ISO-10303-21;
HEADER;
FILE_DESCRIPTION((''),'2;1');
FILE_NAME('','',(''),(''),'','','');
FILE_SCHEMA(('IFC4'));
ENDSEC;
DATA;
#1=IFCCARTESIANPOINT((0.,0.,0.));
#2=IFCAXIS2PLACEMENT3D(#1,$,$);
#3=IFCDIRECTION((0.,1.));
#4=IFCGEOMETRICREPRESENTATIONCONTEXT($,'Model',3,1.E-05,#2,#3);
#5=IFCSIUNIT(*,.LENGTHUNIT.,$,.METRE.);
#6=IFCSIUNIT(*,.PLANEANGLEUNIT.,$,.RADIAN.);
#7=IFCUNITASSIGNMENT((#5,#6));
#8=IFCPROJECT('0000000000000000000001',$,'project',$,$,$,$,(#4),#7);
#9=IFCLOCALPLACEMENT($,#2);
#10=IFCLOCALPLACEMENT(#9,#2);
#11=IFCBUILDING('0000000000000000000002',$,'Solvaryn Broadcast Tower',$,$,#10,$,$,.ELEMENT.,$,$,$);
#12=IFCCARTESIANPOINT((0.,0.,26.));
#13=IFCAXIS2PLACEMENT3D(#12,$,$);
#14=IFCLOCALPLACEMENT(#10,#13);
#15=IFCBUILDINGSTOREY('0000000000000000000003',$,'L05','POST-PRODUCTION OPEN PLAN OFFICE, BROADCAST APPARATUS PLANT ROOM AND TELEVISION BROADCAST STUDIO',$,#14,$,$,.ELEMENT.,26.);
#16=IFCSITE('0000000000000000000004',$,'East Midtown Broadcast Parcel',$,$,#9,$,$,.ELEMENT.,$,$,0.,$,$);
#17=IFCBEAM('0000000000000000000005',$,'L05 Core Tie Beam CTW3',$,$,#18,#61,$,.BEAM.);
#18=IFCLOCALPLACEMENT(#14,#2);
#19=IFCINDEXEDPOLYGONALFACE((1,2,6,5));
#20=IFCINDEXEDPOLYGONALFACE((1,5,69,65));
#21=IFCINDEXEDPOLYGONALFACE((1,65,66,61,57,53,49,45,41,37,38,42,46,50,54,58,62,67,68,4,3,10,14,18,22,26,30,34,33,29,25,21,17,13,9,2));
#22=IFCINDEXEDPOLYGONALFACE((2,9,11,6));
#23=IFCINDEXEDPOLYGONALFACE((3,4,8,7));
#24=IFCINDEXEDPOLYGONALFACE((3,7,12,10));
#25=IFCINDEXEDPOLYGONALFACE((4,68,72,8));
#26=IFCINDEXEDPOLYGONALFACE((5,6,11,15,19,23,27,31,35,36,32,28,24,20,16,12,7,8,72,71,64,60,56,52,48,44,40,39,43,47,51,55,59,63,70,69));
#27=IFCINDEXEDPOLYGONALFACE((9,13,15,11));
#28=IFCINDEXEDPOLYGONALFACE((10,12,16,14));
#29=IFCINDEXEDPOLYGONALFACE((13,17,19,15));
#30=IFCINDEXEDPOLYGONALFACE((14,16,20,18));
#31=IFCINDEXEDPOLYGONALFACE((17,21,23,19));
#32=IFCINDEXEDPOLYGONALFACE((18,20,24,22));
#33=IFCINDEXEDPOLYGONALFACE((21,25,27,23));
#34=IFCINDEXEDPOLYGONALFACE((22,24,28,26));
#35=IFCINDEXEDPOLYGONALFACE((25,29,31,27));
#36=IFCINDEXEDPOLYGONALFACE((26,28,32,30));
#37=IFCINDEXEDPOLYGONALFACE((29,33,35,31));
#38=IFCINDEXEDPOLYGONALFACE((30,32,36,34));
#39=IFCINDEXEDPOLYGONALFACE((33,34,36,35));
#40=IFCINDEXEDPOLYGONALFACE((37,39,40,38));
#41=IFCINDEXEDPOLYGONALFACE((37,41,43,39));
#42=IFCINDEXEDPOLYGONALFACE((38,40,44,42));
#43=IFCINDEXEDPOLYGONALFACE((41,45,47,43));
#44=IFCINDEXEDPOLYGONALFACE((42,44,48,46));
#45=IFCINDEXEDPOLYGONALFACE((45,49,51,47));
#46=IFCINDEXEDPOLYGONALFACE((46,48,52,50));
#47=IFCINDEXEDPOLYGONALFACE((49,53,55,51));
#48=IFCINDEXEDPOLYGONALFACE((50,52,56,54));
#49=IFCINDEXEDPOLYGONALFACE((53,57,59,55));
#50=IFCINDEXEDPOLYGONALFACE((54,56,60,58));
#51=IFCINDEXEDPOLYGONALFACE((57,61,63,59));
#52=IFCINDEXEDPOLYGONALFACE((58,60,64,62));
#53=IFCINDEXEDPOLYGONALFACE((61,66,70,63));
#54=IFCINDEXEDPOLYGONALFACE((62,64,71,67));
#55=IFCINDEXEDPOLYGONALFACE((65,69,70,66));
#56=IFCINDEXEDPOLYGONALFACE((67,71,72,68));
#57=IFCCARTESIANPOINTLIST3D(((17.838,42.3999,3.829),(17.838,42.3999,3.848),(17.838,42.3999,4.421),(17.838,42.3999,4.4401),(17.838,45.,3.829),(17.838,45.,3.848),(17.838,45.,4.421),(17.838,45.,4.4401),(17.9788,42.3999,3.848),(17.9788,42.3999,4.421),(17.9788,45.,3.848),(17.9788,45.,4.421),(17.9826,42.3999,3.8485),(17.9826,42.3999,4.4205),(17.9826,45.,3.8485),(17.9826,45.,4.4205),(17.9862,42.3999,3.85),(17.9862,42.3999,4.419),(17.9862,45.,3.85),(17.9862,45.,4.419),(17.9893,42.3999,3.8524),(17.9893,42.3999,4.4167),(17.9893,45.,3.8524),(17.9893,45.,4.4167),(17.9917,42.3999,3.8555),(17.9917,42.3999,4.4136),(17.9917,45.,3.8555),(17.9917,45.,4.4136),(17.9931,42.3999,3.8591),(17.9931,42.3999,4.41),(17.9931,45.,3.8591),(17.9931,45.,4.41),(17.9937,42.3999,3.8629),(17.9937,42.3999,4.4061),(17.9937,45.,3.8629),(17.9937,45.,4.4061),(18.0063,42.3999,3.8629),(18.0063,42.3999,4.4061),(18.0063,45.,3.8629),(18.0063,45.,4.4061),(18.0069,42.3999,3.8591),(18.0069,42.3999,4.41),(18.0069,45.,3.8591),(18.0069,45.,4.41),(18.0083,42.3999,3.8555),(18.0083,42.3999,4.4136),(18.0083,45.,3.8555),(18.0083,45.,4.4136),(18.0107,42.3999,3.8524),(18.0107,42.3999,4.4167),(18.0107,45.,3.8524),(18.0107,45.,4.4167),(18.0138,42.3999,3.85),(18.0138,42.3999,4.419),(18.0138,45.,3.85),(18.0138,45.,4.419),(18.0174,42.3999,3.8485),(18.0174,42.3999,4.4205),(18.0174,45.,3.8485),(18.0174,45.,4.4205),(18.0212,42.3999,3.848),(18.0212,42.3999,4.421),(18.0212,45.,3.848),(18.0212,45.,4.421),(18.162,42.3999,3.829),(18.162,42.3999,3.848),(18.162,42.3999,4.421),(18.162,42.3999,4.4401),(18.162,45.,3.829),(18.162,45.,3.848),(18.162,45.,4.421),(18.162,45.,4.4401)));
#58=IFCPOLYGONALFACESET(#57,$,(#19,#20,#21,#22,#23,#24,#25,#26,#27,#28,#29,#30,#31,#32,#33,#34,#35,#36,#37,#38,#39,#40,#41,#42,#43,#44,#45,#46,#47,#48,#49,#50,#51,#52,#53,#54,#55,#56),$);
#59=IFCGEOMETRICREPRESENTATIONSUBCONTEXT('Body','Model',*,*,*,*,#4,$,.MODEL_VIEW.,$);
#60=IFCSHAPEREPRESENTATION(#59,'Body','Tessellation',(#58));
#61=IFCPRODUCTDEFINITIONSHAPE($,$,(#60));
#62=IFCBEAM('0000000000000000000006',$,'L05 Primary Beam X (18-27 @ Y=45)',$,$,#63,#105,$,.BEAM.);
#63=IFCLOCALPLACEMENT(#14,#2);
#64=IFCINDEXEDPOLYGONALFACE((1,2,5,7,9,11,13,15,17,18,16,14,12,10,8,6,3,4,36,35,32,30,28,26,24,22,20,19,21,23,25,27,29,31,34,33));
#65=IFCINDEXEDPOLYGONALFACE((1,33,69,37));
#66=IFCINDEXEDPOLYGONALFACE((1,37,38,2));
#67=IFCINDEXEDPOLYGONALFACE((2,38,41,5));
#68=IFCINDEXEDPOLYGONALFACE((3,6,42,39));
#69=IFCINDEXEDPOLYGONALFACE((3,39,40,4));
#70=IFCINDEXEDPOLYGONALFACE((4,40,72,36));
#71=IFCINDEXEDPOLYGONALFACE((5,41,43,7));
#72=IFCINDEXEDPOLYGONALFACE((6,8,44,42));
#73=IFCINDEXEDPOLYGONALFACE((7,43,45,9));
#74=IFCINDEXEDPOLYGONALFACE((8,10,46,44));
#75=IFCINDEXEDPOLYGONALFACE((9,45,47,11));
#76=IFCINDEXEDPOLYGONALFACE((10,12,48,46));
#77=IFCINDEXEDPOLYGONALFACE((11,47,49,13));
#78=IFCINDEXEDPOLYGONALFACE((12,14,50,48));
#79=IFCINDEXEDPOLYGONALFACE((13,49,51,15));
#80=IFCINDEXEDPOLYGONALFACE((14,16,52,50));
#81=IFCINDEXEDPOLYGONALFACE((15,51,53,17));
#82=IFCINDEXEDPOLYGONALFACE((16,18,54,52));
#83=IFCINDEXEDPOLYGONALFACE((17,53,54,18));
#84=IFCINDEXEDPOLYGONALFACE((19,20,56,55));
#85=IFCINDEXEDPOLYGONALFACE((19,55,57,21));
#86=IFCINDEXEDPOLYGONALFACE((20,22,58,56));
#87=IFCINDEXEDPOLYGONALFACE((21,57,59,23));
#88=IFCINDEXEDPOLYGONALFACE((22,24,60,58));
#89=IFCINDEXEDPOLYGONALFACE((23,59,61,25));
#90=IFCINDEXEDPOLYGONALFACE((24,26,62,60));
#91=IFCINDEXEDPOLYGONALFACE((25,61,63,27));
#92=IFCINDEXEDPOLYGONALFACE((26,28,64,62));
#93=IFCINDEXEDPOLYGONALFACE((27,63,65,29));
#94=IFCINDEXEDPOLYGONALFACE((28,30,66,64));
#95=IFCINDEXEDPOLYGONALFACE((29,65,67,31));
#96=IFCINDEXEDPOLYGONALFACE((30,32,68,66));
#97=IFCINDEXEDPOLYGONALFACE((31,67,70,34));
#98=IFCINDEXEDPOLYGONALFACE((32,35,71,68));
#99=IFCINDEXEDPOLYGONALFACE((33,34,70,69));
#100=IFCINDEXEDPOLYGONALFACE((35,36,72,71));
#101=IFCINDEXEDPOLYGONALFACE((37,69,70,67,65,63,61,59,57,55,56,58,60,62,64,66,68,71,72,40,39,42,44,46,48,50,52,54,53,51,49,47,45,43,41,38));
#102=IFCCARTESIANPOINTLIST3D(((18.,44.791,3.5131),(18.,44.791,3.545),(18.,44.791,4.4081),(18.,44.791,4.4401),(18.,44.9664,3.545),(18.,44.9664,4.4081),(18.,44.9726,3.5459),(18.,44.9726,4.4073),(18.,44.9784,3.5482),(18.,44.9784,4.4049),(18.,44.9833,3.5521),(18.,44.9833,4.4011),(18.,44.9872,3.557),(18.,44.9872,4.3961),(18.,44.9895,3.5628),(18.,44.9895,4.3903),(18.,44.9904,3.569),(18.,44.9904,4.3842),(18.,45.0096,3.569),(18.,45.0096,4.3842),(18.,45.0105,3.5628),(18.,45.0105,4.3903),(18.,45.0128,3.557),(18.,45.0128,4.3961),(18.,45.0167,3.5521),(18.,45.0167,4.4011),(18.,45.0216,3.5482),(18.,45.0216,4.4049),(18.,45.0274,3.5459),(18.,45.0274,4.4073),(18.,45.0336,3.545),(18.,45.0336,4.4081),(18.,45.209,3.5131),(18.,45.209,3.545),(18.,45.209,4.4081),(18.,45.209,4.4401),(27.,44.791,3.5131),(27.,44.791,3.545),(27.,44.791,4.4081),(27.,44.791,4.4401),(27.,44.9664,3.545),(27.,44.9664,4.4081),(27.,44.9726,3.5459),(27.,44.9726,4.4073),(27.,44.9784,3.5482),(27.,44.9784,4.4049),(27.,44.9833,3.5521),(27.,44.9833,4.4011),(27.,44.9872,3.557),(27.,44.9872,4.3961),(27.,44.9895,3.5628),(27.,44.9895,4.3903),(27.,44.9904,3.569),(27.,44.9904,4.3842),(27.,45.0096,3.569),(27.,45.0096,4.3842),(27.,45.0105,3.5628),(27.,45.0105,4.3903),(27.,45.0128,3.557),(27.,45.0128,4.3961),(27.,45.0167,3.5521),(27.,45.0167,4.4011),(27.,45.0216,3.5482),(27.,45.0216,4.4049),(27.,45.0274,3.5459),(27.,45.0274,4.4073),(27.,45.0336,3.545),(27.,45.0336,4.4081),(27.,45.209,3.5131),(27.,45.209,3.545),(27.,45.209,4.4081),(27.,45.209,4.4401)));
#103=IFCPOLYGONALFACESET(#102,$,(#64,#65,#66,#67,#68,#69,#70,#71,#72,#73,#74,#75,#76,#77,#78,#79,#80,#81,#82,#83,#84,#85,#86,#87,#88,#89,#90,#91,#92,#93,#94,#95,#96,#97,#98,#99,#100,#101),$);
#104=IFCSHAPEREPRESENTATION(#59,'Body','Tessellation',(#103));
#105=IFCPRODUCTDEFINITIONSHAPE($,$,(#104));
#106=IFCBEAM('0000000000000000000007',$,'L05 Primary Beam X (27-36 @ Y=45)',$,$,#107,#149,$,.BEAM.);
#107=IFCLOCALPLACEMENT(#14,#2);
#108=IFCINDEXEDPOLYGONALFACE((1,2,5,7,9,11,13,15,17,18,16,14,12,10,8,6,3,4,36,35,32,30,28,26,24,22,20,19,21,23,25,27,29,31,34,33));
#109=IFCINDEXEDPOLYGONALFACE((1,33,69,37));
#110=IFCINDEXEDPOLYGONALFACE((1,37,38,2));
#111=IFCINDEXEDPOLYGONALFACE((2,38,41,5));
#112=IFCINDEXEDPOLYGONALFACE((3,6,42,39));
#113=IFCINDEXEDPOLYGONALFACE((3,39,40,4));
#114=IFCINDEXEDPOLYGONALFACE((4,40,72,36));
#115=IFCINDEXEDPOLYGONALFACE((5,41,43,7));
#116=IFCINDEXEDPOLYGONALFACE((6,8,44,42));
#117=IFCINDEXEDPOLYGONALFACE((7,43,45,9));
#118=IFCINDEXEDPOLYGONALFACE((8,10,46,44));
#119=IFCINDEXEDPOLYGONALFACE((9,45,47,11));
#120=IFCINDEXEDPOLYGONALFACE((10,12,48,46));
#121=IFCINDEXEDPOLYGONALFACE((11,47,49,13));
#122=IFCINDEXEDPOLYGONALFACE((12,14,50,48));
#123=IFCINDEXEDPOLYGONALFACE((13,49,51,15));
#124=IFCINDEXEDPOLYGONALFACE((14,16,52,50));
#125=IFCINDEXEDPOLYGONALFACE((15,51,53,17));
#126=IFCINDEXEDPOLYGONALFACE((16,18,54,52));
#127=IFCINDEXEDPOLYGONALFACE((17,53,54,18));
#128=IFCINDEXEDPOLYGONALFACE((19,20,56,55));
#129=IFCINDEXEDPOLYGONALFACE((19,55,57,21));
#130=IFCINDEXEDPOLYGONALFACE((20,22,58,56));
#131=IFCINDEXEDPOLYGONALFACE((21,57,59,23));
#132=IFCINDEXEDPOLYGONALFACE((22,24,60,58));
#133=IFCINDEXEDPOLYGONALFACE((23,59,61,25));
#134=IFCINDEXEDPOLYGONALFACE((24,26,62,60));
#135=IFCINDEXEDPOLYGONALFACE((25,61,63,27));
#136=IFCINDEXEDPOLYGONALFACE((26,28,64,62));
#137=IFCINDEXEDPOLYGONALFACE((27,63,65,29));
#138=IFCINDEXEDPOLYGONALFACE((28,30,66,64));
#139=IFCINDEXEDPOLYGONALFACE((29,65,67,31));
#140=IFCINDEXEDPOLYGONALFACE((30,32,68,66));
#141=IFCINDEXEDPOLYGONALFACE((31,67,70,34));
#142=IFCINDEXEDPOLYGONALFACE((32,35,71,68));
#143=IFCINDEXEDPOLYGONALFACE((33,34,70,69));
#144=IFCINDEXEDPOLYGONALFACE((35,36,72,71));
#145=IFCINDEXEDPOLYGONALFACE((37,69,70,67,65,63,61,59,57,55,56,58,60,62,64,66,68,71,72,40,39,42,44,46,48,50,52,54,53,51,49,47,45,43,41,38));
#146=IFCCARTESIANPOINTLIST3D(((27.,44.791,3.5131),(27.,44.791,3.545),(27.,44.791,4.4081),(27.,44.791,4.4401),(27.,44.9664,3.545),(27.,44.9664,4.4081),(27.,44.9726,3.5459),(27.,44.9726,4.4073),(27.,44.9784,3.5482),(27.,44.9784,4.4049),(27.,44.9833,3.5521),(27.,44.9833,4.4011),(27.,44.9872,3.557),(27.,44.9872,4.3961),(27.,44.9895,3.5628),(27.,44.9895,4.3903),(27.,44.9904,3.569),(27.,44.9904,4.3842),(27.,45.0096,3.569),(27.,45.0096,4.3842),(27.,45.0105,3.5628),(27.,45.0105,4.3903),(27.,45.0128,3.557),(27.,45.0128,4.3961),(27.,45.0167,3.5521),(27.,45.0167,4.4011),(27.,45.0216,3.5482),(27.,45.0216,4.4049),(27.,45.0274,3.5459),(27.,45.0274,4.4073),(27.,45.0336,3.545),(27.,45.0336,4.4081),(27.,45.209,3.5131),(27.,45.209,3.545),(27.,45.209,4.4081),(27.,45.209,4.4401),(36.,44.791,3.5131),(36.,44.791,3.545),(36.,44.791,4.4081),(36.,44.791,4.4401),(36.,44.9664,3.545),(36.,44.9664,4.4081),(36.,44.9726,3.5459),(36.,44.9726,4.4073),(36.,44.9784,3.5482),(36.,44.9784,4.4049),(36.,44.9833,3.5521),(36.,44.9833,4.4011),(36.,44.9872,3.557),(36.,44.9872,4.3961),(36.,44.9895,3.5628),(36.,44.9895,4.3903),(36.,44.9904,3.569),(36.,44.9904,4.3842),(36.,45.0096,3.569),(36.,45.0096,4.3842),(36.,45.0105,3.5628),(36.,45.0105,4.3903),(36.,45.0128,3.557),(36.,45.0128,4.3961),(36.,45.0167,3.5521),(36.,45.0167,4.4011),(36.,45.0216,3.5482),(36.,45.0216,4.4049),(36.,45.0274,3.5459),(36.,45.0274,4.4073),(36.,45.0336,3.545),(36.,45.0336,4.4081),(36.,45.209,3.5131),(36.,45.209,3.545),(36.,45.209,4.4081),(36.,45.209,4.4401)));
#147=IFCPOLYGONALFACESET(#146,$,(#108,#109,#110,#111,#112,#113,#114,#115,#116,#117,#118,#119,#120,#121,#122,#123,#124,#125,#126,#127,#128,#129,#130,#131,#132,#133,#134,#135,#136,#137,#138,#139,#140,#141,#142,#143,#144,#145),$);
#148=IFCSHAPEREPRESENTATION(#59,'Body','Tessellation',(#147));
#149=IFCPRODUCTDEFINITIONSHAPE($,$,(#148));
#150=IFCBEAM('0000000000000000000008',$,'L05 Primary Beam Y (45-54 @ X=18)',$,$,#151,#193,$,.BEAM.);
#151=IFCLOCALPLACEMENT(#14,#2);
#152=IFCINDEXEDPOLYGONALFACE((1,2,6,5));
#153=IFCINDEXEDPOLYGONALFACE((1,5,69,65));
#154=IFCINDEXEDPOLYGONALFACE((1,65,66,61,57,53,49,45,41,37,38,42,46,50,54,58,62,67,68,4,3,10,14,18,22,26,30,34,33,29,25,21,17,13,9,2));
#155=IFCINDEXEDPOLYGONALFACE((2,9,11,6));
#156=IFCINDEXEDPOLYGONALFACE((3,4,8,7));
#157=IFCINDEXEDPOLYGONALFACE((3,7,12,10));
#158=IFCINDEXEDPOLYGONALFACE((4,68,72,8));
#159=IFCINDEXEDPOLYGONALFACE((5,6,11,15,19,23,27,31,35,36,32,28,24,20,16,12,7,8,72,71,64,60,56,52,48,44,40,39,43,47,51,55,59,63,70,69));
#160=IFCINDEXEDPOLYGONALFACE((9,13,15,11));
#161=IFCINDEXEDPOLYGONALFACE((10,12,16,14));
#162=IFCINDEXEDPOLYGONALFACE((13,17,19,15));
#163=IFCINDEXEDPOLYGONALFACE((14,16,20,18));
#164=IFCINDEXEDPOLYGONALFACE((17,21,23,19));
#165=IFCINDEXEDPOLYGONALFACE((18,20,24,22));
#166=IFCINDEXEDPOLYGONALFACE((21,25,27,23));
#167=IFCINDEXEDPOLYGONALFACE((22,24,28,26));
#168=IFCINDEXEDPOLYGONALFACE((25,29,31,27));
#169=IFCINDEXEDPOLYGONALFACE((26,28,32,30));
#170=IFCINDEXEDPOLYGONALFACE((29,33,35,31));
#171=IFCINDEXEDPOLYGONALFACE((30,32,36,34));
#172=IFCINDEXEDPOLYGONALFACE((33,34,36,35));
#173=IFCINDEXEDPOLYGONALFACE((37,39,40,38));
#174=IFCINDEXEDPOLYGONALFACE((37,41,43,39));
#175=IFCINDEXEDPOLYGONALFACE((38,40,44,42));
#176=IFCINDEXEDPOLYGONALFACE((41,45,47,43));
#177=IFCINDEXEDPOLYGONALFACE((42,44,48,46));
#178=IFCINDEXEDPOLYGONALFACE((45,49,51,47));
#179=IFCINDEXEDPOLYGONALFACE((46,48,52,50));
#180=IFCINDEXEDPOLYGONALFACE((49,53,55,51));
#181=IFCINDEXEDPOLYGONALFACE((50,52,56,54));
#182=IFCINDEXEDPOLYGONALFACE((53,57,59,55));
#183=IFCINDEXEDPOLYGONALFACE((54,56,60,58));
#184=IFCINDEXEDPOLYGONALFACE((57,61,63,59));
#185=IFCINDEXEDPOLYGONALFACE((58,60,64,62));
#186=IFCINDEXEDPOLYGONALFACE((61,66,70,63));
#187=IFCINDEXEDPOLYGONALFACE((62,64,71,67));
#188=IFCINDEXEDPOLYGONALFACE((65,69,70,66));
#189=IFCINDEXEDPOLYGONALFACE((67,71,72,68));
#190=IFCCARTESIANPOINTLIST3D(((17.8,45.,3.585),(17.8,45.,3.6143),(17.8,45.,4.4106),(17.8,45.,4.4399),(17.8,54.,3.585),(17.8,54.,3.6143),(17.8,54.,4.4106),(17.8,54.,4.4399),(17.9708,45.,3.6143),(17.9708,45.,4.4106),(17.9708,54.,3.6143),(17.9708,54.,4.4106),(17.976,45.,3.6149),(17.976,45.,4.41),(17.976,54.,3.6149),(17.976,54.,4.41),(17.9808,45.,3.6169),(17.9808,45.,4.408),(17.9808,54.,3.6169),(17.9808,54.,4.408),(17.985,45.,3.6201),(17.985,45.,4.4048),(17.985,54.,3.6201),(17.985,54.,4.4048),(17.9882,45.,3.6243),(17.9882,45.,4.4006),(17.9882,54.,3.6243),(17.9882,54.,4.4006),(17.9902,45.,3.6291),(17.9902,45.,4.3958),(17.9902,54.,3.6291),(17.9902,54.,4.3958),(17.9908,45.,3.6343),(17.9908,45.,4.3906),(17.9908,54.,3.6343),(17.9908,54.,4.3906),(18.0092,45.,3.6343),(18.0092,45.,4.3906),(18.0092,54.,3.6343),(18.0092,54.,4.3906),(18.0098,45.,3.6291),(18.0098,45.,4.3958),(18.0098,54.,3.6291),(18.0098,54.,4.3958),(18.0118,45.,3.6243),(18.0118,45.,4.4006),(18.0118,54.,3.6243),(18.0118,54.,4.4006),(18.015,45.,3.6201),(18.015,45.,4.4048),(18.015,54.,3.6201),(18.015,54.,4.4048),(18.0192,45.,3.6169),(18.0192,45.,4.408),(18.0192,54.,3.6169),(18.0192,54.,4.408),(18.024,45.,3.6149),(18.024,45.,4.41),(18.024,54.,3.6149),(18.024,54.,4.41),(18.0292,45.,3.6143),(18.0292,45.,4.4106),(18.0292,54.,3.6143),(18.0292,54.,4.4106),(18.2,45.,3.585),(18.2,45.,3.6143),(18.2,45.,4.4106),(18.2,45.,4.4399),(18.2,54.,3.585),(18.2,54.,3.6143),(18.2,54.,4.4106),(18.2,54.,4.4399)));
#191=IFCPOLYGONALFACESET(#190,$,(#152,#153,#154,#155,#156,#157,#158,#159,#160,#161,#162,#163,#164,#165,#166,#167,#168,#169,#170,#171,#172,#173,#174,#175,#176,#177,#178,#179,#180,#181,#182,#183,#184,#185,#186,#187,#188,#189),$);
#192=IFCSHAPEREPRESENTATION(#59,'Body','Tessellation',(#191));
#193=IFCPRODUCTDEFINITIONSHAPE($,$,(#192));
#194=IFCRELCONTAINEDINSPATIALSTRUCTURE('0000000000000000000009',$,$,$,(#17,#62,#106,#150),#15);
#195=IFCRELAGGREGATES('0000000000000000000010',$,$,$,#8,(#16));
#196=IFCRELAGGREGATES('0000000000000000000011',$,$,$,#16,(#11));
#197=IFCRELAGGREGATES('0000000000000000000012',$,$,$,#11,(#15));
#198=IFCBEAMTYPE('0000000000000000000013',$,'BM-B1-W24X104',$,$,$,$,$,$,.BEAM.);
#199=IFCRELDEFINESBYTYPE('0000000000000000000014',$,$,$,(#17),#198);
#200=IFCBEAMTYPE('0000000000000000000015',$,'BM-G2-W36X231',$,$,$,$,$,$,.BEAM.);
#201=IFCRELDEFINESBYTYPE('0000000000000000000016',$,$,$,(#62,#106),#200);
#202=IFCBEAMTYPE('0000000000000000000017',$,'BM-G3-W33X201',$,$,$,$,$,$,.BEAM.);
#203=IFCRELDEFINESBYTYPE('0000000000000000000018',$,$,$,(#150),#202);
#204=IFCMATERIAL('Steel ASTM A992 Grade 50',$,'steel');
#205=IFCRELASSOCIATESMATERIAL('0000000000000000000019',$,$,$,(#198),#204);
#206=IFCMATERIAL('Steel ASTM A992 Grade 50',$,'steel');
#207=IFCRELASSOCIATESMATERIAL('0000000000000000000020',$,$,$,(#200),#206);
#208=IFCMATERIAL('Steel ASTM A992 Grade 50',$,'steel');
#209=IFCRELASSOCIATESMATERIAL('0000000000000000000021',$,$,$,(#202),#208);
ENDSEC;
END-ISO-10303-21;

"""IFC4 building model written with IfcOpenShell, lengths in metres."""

from ifc_helpers import new_model, si_unit, direction, frame, origin, origin_2d, place, context, subcontext, project, spatial, i_section, extrude, material, material_profile, profile_set, type_object, element, save


model = new_model("IFC4")

# Units and contexts
model_context = context("Model", 3, precision=1e-05, world=origin(), true_north=direction((0.0, 1.0)))
body_context = subcontext(model_context, "Body", "Model", "MODEL_VIEW")
ifc_project = project(units=[si_unit("LENGTHUNIT", "METRE"), si_unit("PLANEANGLEUNIT", "RADIAN")], contexts=[model_context])

# Site, building, storey
site_placement = place(None, origin())
site = spatial("IfcSite", under=ifc_project, at=site_placement, Name="East Midtown Broadcast Parcel", CompositionType="ELEMENT", RefElevation=0.0)
building_placement = place(site_placement, origin())
building = spatial("IfcBuilding", under=site, at=building_placement, Name="Solvaryn Broadcast Tower", CompositionType="ELEMENT")
storey_placement = place(building_placement, frame((0.0, 0.0, 26.0)))
storey = spatial("IfcBuildingStorey", under=building, at=storey_placement, Name="L05", Description="POST-PRODUCTION OPEN PLAN OFFICE, BROADCAST APPARATUS PLANT ROOM AND TELEVISION BROADCAST STUDIO", CompositionType="ELEMENT", Elevation=26.0)

# Beams
ifc_material_1 = material(Name="Steel ASTM A992 Grade 50", Category="steel")
ifc_material_profile_1 = material_profile(ifc_material_1, i_section(OverallWidth=0.324, OverallDepth=0.6111, WebThickness=0.0127, FlangeThickness=0.019, FilletRadius=0.0149, at=origin_2d()))
ifc_profile_set_1 = profile_set([ifc_material_profile_1], Name="Steel ASTM A992 Grade 50")
beam_type_1 = type_object("IfcBeamType", Name="BM-B1-W24X104", PredefinedType="BEAM", material=ifc_profile_set_1)
beam_placement = place(storey_placement, frame((18.0, 42.3999, 4.1345), z_axis=(0.0, 1.0, 0.0), x_axis=(-1.0, 0.0, 0.0)))
element("IfcBeam", 1, at=beam_placement, inside=storey, type_object=beam_type_1, Name="L05 Core Tie Beam CTW3", PredefinedType="BEAM", context=body_context, shape_type="SweptSolid", body=[
    extrude(i_section(OverallWidth=0.324, OverallDepth=0.6111, WebThickness=0.0127, FlangeThickness=0.019, FilletRadius=0.0149, at=origin_2d()), origin(), (0.0, 0.0, 1.0), 2.6001),
])
ifc_material_2 = material(Name="Steel ASTM A992 Grade 50", Category="steel")
ifc_material_profile_2 = material_profile(ifc_material_2, i_section(OverallWidth=0.418, OverallDepth=0.927, WebThickness=0.0193, FlangeThickness=0.032, FilletRadius=0.0239, at=origin_2d()))
ifc_profile_set_2 = profile_set([ifc_material_profile_2], Name="Steel ASTM A992 Grade 50")
beam_type_2 = type_object("IfcBeamType", Name="BM-G2-W36X231", PredefinedType="BEAM", material=ifc_profile_set_2)
for number, where, z_axis, x_axis, name in (
    (2, (18.0, 45.0, 3.9766), (1.0, 0.0, 0.0), (0.0, 1.0, 0.0), "L05 Primary Beam X (18-27 @ Y=45)"),
    (3, (27.0, 45.0, 3.9766), (1.0, 0.0, 0.0), (0.0, 1.0, 0.0), "L05 Primary Beam X (27-36 @ Y=45)"),
):
    element("IfcBeam", number, at=place(storey_placement, frame(where, z_axis=z_axis, x_axis=x_axis)), inside=storey, type_object=beam_type_2, Name=name, PredefinedType="BEAM", context=body_context, shape_type="SweptSolid", body=[
        extrude(i_section(OverallWidth=0.418, OverallDepth=0.927, WebThickness=0.0193, FlangeThickness=0.032, FilletRadius=0.0239, at=origin_2d()), origin(), (0.0, 0.0, 1.0), 9.0),
    ])
ifc_material_3 = material(Name="Steel ASTM A992 Grade 50", Category="steel")
ifc_material_profile_3 = material_profile(ifc_material_3, i_section(OverallWidth=0.3999, OverallDepth=0.855, WebThickness=0.0183, FlangeThickness=0.0293, FilletRadius=0.02, at=origin_2d()))
ifc_profile_set_3 = profile_set([ifc_material_profile_3], Name="Steel ASTM A992 Grade 50")
beam_type_3 = type_object("IfcBeamType", Name="BM-G3-W33X201", PredefinedType="BEAM", material=ifc_profile_set_3)
for number, where, z_axis, x_axis, name in (
    (4, (18.0, 45.0, 4.0125), (0.0, 1.0, 0.0), (-1.0, 0.0, 0.0), "L05 Primary Beam Y (45-54 @ X=18)"),
):
    element("IfcBeam", number, at=place(storey_placement, frame(where, z_axis=z_axis, x_axis=x_axis)), inside=storey, type_object=beam_type_3, Name=name, PredefinedType="BEAM", context=body_context, shape_type="SweptSolid", body=[
        extrude(i_section(OverallWidth=0.3999, OverallDepth=0.855, WebThickness=0.0183, FlangeThickness=0.0293, FilletRadius=0.02, at=origin_2d()), origin(), (0.0, 0.0, 1.0), 9.0),
    ])

save(model, "model.ifc")
